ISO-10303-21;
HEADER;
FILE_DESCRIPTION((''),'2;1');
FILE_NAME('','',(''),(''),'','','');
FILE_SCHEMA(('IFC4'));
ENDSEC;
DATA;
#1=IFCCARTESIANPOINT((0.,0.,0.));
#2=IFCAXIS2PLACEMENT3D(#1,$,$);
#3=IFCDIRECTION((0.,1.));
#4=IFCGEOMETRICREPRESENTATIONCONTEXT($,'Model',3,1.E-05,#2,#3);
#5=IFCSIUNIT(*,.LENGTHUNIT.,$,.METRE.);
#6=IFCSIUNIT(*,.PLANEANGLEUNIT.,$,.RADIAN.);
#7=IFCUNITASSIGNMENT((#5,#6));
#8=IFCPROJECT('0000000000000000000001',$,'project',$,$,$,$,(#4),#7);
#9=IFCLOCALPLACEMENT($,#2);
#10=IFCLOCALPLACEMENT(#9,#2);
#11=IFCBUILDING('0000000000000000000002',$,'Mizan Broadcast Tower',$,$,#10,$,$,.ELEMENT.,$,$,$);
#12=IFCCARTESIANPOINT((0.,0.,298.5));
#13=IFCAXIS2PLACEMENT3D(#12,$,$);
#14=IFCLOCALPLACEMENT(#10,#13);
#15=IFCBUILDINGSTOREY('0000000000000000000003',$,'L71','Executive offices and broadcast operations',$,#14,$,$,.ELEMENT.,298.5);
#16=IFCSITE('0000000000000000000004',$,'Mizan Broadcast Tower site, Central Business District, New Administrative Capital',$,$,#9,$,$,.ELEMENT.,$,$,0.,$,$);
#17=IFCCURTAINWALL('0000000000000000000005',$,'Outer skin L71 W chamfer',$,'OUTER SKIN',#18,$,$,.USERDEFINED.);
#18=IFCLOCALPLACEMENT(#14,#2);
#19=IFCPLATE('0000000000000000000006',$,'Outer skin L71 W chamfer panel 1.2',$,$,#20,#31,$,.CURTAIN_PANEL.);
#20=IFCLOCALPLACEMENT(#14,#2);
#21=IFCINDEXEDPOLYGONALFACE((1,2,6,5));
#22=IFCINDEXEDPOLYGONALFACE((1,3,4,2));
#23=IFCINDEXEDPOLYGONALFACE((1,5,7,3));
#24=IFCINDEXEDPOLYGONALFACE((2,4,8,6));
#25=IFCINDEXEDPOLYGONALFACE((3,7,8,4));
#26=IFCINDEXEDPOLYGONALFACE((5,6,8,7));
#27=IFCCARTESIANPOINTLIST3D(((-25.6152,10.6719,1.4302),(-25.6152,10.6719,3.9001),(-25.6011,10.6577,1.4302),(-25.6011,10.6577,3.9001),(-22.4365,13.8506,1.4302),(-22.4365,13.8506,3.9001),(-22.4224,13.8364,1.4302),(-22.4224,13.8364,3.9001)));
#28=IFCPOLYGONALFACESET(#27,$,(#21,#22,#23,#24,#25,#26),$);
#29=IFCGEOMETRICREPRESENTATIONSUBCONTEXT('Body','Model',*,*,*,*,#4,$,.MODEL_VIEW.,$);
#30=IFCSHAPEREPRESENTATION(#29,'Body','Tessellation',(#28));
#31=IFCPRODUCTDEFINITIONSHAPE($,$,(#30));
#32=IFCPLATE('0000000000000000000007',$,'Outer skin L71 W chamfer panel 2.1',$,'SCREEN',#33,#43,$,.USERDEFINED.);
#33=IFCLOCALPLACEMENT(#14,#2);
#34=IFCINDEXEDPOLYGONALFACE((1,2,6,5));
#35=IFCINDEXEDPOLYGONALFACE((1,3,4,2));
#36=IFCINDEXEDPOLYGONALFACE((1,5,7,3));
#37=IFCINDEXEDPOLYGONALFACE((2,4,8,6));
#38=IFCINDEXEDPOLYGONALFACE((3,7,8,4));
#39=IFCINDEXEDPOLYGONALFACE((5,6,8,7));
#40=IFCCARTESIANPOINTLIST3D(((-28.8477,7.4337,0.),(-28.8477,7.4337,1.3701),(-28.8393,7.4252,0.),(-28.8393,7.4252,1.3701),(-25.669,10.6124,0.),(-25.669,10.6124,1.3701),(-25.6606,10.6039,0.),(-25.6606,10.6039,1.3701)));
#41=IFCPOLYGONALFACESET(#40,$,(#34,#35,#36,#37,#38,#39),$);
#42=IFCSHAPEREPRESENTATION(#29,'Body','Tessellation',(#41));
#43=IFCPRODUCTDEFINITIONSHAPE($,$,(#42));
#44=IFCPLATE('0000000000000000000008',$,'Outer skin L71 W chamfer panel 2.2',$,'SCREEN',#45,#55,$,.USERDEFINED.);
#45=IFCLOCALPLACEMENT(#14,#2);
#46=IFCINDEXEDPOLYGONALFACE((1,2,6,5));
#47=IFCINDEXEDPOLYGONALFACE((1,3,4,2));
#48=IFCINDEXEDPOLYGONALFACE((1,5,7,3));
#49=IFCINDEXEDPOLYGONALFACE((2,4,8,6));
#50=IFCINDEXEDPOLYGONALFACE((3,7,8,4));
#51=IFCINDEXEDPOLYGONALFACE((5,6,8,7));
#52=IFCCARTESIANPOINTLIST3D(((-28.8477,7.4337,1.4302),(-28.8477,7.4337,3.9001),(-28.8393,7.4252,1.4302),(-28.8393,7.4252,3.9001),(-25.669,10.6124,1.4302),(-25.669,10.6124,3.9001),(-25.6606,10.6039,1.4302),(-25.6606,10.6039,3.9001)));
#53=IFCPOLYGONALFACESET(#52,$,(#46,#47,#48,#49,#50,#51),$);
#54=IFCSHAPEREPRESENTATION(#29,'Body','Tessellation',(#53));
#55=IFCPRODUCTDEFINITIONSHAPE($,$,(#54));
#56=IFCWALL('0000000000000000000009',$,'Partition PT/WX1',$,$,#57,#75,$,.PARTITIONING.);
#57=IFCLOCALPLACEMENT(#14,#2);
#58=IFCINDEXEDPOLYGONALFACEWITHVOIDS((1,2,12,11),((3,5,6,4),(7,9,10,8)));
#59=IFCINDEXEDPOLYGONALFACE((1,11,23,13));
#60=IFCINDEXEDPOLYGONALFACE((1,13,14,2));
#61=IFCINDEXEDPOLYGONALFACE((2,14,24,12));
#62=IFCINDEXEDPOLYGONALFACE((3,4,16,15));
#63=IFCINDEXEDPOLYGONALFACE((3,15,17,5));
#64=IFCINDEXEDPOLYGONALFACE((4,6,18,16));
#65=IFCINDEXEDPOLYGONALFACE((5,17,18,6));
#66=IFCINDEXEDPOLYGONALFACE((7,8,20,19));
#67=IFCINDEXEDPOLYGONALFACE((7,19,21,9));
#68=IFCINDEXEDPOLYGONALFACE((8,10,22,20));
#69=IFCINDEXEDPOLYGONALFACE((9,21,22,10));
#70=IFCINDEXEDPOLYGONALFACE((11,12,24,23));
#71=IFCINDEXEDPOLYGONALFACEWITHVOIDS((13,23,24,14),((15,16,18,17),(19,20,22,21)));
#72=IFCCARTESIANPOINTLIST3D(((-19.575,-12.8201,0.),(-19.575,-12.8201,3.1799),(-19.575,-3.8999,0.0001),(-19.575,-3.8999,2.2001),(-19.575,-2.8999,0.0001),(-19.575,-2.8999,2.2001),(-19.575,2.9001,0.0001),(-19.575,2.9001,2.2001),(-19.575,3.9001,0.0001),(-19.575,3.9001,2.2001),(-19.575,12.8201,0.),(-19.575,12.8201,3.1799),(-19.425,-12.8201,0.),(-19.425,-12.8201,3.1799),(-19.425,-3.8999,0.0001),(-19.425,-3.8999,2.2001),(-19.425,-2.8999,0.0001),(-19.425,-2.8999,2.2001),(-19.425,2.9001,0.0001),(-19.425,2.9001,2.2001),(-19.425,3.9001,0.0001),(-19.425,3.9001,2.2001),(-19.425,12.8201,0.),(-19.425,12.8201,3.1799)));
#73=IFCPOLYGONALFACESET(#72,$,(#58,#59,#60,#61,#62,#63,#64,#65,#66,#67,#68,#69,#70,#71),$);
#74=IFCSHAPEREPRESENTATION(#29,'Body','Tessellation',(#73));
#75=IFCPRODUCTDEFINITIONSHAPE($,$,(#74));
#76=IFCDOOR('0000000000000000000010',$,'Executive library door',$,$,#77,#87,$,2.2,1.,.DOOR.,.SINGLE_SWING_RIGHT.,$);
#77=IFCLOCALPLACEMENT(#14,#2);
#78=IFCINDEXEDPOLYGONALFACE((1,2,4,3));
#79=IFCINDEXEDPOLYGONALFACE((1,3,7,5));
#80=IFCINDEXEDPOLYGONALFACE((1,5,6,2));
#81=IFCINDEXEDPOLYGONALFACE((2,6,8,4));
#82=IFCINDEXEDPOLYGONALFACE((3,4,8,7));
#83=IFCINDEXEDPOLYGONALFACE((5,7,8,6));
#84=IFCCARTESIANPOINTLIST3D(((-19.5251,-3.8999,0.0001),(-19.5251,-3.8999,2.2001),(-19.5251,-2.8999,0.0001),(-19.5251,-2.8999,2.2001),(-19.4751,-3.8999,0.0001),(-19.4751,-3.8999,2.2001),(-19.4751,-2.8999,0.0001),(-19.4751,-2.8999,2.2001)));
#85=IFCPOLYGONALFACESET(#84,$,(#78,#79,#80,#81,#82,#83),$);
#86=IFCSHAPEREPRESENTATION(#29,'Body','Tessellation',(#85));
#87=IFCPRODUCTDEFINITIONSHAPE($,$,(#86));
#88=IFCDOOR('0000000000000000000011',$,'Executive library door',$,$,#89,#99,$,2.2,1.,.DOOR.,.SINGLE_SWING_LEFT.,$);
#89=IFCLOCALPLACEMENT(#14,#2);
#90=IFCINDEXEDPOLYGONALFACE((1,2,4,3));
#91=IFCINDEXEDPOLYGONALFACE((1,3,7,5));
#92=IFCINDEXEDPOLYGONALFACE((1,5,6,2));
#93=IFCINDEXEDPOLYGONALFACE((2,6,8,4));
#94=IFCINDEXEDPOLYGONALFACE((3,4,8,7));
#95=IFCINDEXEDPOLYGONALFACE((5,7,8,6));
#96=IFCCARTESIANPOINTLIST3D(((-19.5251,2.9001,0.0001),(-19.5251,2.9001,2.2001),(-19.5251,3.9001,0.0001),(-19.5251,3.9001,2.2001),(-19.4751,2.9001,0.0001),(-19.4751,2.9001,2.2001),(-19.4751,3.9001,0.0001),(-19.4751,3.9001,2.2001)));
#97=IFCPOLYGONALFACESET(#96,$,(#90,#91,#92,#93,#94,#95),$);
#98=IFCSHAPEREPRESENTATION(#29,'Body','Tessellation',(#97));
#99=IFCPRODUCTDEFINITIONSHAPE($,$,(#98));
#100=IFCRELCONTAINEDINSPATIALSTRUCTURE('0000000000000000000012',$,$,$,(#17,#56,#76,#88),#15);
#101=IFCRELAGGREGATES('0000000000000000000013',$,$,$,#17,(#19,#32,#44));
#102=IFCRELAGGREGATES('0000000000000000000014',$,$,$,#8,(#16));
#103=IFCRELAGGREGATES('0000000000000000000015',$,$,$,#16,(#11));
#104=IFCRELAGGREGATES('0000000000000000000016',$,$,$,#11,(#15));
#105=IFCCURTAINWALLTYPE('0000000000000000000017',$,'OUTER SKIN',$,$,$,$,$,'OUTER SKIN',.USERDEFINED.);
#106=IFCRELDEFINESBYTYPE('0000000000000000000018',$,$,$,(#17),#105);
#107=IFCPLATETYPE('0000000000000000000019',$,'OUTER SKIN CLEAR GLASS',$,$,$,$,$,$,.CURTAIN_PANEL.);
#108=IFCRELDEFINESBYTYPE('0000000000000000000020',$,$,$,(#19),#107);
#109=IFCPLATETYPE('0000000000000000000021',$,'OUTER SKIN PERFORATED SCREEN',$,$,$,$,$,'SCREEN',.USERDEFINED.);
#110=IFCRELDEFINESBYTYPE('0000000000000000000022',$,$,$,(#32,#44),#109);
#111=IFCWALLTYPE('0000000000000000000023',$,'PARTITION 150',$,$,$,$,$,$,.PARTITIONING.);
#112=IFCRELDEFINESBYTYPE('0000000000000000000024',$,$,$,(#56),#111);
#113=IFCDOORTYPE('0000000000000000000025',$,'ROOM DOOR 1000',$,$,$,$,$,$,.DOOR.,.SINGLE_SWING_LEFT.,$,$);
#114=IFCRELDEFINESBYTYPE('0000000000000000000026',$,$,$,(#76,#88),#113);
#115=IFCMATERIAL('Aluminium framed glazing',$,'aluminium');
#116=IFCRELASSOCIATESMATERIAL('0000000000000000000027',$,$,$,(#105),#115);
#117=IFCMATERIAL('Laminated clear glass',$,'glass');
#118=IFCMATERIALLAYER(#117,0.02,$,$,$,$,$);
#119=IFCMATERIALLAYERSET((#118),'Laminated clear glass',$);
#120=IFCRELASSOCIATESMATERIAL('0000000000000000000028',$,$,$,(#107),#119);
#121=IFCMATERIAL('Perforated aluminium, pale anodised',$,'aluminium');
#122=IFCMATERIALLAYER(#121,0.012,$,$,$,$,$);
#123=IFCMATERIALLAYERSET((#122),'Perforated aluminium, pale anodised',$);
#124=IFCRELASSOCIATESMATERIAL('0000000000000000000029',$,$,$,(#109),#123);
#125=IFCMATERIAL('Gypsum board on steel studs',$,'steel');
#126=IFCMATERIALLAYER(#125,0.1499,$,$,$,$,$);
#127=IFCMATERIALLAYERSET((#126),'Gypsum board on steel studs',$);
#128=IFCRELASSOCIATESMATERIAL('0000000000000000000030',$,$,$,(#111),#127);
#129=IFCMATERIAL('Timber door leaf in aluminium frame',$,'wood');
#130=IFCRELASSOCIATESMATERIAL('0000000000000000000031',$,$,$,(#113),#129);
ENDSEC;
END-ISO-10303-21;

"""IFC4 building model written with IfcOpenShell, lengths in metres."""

from ifc_helpers import new_model, si_unit, direction, frame, frame_2d, origin, origin_2d, place, context, subcontext, project, spatial, rectangle, extrude, material, layer, layer_set, type_object, element, fill, aggregate, save


model = new_model("IFC4")

# Units and contexts
model_context = context("Model", 3, precision=1e-05, world=origin(), true_north=direction((0.0, 1.0)))
body_context = subcontext(model_context, "Body", "Model", "MODEL_VIEW")
ifc_project = project(units=[si_unit("LENGTHUNIT", "METRE"), si_unit("PLANEANGLEUNIT", "RADIAN")], contexts=[model_context])

# Site, building, storey
site_placement = place(None, origin())
site = spatial("IfcSite", under=ifc_project, at=site_placement, Name="Mizan Broadcast Tower site, Central Business District, New Administrative Capital", CompositionType="ELEMENT", RefElevation=0.0)
building_placement = place(site_placement, origin())
building = spatial("IfcBuilding", under=site, at=building_placement, Name="Mizan Broadcast Tower", CompositionType="ELEMENT")
storey_placement = place(building_placement, frame((0.0, 0.0, 298.5)))
storey = spatial("IfcBuildingStorey", under=building, at=storey_placement, Name="L71", Description="Executive offices and broadcast operations", CompositionType="ELEMENT", Elevation=298.5)

# Shared definitions
ifc_material_1 = material(Name="Aluminium framed glazing", Category="aluminium")
curtain_wall_type_1 = type_object("IfcCurtainWallType", Name="OUTER SKIN", ElementType="OUTER SKIN", PredefinedType="USERDEFINED", material=ifc_material_1)

# Curtain wall
curtain_wall_1_placement = place(storey_placement, origin())
curtain_wall_1 = element("IfcCurtainWall", 1, at=curtain_wall_1_placement, inside=storey, type_object=curtain_wall_type_1, Name="Outer skin L71 W chamfer", ObjectType="OUTER SKIN", PredefinedType="USERDEFINED")

# Plates
ifc_material_2 = material(Name="Laminated clear glass", Category="glass")
ifc_layer_1 = layer(ifc_material_2, 0.02)
ifc_layer_set_1 = layer_set([ifc_layer_1], Name="Laminated clear glass")
plate_type_1 = type_object("IfcPlateType", Name="OUTER SKIN CLEAR GLASS", PredefinedType="CURTAIN_PANEL", material=ifc_layer_set_1)
plate_1_placement = place(storey_placement, frame((-24.0188, 12.2542, 1.4302), z_axis=(0.0, 0.0, 1.0), x_axis=(-0.707107, -0.707107, 0.0)))
plate_1 = element("IfcPlate", 2, at=plate_1_placement, type_object=plate_type_1, Name="Outer skin L71 W chamfer panel 1.2", PredefinedType="CURTAIN_PANEL", context=body_context, shape_type="SweptSolid", body=[
    extrude(rectangle(XDim=4.4954, YDim=0.02, at=origin_2d()), origin(), (0.0, 0.0, 1.0), 2.47),
])
ifc_material_3 = material(Name="Perforated aluminium, pale anodised", Category="aluminium")
ifc_layer_2 = layer(ifc_material_3, 0.012)
ifc_layer_set_2 = layer_set([ifc_layer_2], Name="Perforated aluminium, pale anodised")
plate_type_2 = type_object("IfcPlateType", Name="OUTER SKIN PERFORATED SCREEN", ElementType="SCREEN", PredefinedType="USERDEFINED", material=ifc_layer_set_2)
plate_2_placement = place(storey_placement, frame((-27.2542, 9.0188, 0.0), z_axis=(0.0, 0.0, 1.0), x_axis=(-0.707107, -0.707107, 0.0)))
plate_2 = element("IfcPlate", 3, at=plate_2_placement, type_object=plate_type_2, Name="Outer skin L71 W chamfer panel 2.1", ObjectType="SCREEN", PredefinedType="USERDEFINED", context=body_context, shape_type="SweptSolid", body=[
    extrude(rectangle(XDim=4.4954, YDim=0.012, at=origin_2d()), origin(), (0.0, 0.0, 1.0), 1.3701),
])
plate_3_placement = place(storey_placement, frame((-27.2542, 9.0188, 1.4302), z_axis=(0.0, 0.0, 1.0), x_axis=(-0.707107, -0.707107, 0.0)))
plate_3 = element("IfcPlate", 4, at=plate_3_placement, type_object=plate_type_2, Name="Outer skin L71 W chamfer panel 2.2", ObjectType="SCREEN", PredefinedType="USERDEFINED", context=body_context, shape_type="SweptSolid", body=[
    extrude(rectangle(XDim=4.4954, YDim=0.012, at=origin_2d()), origin(), (0.0, 0.0, 1.0), 2.47),
])
aggregate(curtain_wall_1, [plate_1, plate_2, plate_3])

# Wall, openings, doors
ifc_material_4 = material(Name="Gypsum board on steel studs", Category="steel")
ifc_layer_3 = layer(ifc_material_4, 0.1499)
ifc_layer_set_3 = layer_set([ifc_layer_3], Name="Gypsum board on steel studs")
wall_type = type_object("IfcWallType", Name="PARTITION 150", PredefinedType="PARTITIONING", material=ifc_layer_set_3)
wall_placement = place(storey_placement, frame((-19.5, 12.8201, 0.0), z_axis=(0.0, 0.0, 1.0), x_axis=(0.0, -1.0, 0.0)))
wall = element("IfcWall", 5, at=wall_placement, inside=storey, type_object=wall_type, Name="Partition PT/WX1", PredefinedType="PARTITIONING", context=body_context, shape_type="SweptSolid", body=[
    extrude(rectangle(XDim=25.6401, YDim=0.1499, at=frame_2d((12.8201, 0.0))), origin(), (0.0, 0.0, 1.0), 3.1799),
])
opening_1_placement = place(wall_placement, frame((15.72, 0.0, 0.0)))
opening_1 = element("IfcOpeningElement", 6, at=opening_1_placement, cuts=wall, PredefinedType="OPENING", context=body_context, shape_type="SweptSolid", body=[
    extrude(rectangle(XDim=1.0, YDim=2.2, at=frame_2d((0.5, 1.1001))), frame((0.0, 0.085, 0.0), z_axis=(0.0, -1.0, 0.0), x_axis=(1.0, 0.0, 0.0)), (0.0, 0.0, 1.0), 0.1699),
])
opening_2_placement = place(wall_placement, frame((8.9199, 0.0, 0.0)))
opening_2 = element("IfcOpeningElement", 7, at=opening_2_placement, cuts=wall, PredefinedType="OPENING", context=body_context, shape_type="SweptSolid", body=[
    extrude(rectangle(XDim=1.0, YDim=2.2, at=frame_2d((0.5, 1.1001))), frame((0.0, 0.085, 0.0), z_axis=(0.0, -1.0, 0.0), x_axis=(1.0, 0.0, 0.0)), (0.0, 0.0, 1.0), 0.1699),
])
ifc_material_5 = material(Name="Timber door leaf in aluminium frame", Category="wood")
door_type = type_object("IfcDoorType", Name="ROOM DOOR 1000", OperationType="SINGLE_SWING_LEFT", PredefinedType="DOOR", material=ifc_material_5)
door_1_placement = place(opening_1_placement, origin())
door_1 = element("IfcDoor", 8, at=door_1_placement, inside=storey, type_object=door_type, Name="Executive library door", OperationType="SINGLE_SWING_RIGHT", OverallHeight=2.2, OverallWidth=1.0, PredefinedType="DOOR", context=body_context, shape_type="SweptSolid", body=[
    extrude(rectangle(XDim=1.0, YDim=2.2, at=frame_2d((0.5, 1.1001))), frame((0.0, 0.0249, 0.0), z_axis=(0.0, -1.0, 0.0), x_axis=(1.0, 0.0, 0.0)), (0.0, 0.0, 1.0), 0.05),
])
fill(opening_1, door_1)
door_2_placement = place(opening_2_placement, origin())
door_2 = element("IfcDoor", 9, at=door_2_placement, inside=storey, type_object=door_type, Name="Executive library door", OperationType="SINGLE_SWING_LEFT", OverallHeight=2.2, OverallWidth=1.0, PredefinedType="DOOR", context=body_context, shape_type="SweptSolid", body=[
    extrude(rectangle(XDim=1.0, YDim=2.2, at=frame_2d((0.5, 1.1001))), frame((0.0, 0.0249, 0.0), z_axis=(0.0, -1.0, 0.0), x_axis=(1.0, 0.0, 0.0)), (0.0, 0.0, 1.0), 0.05),
])
fill(opening_2, door_2)

save(model, "model.ifc")
